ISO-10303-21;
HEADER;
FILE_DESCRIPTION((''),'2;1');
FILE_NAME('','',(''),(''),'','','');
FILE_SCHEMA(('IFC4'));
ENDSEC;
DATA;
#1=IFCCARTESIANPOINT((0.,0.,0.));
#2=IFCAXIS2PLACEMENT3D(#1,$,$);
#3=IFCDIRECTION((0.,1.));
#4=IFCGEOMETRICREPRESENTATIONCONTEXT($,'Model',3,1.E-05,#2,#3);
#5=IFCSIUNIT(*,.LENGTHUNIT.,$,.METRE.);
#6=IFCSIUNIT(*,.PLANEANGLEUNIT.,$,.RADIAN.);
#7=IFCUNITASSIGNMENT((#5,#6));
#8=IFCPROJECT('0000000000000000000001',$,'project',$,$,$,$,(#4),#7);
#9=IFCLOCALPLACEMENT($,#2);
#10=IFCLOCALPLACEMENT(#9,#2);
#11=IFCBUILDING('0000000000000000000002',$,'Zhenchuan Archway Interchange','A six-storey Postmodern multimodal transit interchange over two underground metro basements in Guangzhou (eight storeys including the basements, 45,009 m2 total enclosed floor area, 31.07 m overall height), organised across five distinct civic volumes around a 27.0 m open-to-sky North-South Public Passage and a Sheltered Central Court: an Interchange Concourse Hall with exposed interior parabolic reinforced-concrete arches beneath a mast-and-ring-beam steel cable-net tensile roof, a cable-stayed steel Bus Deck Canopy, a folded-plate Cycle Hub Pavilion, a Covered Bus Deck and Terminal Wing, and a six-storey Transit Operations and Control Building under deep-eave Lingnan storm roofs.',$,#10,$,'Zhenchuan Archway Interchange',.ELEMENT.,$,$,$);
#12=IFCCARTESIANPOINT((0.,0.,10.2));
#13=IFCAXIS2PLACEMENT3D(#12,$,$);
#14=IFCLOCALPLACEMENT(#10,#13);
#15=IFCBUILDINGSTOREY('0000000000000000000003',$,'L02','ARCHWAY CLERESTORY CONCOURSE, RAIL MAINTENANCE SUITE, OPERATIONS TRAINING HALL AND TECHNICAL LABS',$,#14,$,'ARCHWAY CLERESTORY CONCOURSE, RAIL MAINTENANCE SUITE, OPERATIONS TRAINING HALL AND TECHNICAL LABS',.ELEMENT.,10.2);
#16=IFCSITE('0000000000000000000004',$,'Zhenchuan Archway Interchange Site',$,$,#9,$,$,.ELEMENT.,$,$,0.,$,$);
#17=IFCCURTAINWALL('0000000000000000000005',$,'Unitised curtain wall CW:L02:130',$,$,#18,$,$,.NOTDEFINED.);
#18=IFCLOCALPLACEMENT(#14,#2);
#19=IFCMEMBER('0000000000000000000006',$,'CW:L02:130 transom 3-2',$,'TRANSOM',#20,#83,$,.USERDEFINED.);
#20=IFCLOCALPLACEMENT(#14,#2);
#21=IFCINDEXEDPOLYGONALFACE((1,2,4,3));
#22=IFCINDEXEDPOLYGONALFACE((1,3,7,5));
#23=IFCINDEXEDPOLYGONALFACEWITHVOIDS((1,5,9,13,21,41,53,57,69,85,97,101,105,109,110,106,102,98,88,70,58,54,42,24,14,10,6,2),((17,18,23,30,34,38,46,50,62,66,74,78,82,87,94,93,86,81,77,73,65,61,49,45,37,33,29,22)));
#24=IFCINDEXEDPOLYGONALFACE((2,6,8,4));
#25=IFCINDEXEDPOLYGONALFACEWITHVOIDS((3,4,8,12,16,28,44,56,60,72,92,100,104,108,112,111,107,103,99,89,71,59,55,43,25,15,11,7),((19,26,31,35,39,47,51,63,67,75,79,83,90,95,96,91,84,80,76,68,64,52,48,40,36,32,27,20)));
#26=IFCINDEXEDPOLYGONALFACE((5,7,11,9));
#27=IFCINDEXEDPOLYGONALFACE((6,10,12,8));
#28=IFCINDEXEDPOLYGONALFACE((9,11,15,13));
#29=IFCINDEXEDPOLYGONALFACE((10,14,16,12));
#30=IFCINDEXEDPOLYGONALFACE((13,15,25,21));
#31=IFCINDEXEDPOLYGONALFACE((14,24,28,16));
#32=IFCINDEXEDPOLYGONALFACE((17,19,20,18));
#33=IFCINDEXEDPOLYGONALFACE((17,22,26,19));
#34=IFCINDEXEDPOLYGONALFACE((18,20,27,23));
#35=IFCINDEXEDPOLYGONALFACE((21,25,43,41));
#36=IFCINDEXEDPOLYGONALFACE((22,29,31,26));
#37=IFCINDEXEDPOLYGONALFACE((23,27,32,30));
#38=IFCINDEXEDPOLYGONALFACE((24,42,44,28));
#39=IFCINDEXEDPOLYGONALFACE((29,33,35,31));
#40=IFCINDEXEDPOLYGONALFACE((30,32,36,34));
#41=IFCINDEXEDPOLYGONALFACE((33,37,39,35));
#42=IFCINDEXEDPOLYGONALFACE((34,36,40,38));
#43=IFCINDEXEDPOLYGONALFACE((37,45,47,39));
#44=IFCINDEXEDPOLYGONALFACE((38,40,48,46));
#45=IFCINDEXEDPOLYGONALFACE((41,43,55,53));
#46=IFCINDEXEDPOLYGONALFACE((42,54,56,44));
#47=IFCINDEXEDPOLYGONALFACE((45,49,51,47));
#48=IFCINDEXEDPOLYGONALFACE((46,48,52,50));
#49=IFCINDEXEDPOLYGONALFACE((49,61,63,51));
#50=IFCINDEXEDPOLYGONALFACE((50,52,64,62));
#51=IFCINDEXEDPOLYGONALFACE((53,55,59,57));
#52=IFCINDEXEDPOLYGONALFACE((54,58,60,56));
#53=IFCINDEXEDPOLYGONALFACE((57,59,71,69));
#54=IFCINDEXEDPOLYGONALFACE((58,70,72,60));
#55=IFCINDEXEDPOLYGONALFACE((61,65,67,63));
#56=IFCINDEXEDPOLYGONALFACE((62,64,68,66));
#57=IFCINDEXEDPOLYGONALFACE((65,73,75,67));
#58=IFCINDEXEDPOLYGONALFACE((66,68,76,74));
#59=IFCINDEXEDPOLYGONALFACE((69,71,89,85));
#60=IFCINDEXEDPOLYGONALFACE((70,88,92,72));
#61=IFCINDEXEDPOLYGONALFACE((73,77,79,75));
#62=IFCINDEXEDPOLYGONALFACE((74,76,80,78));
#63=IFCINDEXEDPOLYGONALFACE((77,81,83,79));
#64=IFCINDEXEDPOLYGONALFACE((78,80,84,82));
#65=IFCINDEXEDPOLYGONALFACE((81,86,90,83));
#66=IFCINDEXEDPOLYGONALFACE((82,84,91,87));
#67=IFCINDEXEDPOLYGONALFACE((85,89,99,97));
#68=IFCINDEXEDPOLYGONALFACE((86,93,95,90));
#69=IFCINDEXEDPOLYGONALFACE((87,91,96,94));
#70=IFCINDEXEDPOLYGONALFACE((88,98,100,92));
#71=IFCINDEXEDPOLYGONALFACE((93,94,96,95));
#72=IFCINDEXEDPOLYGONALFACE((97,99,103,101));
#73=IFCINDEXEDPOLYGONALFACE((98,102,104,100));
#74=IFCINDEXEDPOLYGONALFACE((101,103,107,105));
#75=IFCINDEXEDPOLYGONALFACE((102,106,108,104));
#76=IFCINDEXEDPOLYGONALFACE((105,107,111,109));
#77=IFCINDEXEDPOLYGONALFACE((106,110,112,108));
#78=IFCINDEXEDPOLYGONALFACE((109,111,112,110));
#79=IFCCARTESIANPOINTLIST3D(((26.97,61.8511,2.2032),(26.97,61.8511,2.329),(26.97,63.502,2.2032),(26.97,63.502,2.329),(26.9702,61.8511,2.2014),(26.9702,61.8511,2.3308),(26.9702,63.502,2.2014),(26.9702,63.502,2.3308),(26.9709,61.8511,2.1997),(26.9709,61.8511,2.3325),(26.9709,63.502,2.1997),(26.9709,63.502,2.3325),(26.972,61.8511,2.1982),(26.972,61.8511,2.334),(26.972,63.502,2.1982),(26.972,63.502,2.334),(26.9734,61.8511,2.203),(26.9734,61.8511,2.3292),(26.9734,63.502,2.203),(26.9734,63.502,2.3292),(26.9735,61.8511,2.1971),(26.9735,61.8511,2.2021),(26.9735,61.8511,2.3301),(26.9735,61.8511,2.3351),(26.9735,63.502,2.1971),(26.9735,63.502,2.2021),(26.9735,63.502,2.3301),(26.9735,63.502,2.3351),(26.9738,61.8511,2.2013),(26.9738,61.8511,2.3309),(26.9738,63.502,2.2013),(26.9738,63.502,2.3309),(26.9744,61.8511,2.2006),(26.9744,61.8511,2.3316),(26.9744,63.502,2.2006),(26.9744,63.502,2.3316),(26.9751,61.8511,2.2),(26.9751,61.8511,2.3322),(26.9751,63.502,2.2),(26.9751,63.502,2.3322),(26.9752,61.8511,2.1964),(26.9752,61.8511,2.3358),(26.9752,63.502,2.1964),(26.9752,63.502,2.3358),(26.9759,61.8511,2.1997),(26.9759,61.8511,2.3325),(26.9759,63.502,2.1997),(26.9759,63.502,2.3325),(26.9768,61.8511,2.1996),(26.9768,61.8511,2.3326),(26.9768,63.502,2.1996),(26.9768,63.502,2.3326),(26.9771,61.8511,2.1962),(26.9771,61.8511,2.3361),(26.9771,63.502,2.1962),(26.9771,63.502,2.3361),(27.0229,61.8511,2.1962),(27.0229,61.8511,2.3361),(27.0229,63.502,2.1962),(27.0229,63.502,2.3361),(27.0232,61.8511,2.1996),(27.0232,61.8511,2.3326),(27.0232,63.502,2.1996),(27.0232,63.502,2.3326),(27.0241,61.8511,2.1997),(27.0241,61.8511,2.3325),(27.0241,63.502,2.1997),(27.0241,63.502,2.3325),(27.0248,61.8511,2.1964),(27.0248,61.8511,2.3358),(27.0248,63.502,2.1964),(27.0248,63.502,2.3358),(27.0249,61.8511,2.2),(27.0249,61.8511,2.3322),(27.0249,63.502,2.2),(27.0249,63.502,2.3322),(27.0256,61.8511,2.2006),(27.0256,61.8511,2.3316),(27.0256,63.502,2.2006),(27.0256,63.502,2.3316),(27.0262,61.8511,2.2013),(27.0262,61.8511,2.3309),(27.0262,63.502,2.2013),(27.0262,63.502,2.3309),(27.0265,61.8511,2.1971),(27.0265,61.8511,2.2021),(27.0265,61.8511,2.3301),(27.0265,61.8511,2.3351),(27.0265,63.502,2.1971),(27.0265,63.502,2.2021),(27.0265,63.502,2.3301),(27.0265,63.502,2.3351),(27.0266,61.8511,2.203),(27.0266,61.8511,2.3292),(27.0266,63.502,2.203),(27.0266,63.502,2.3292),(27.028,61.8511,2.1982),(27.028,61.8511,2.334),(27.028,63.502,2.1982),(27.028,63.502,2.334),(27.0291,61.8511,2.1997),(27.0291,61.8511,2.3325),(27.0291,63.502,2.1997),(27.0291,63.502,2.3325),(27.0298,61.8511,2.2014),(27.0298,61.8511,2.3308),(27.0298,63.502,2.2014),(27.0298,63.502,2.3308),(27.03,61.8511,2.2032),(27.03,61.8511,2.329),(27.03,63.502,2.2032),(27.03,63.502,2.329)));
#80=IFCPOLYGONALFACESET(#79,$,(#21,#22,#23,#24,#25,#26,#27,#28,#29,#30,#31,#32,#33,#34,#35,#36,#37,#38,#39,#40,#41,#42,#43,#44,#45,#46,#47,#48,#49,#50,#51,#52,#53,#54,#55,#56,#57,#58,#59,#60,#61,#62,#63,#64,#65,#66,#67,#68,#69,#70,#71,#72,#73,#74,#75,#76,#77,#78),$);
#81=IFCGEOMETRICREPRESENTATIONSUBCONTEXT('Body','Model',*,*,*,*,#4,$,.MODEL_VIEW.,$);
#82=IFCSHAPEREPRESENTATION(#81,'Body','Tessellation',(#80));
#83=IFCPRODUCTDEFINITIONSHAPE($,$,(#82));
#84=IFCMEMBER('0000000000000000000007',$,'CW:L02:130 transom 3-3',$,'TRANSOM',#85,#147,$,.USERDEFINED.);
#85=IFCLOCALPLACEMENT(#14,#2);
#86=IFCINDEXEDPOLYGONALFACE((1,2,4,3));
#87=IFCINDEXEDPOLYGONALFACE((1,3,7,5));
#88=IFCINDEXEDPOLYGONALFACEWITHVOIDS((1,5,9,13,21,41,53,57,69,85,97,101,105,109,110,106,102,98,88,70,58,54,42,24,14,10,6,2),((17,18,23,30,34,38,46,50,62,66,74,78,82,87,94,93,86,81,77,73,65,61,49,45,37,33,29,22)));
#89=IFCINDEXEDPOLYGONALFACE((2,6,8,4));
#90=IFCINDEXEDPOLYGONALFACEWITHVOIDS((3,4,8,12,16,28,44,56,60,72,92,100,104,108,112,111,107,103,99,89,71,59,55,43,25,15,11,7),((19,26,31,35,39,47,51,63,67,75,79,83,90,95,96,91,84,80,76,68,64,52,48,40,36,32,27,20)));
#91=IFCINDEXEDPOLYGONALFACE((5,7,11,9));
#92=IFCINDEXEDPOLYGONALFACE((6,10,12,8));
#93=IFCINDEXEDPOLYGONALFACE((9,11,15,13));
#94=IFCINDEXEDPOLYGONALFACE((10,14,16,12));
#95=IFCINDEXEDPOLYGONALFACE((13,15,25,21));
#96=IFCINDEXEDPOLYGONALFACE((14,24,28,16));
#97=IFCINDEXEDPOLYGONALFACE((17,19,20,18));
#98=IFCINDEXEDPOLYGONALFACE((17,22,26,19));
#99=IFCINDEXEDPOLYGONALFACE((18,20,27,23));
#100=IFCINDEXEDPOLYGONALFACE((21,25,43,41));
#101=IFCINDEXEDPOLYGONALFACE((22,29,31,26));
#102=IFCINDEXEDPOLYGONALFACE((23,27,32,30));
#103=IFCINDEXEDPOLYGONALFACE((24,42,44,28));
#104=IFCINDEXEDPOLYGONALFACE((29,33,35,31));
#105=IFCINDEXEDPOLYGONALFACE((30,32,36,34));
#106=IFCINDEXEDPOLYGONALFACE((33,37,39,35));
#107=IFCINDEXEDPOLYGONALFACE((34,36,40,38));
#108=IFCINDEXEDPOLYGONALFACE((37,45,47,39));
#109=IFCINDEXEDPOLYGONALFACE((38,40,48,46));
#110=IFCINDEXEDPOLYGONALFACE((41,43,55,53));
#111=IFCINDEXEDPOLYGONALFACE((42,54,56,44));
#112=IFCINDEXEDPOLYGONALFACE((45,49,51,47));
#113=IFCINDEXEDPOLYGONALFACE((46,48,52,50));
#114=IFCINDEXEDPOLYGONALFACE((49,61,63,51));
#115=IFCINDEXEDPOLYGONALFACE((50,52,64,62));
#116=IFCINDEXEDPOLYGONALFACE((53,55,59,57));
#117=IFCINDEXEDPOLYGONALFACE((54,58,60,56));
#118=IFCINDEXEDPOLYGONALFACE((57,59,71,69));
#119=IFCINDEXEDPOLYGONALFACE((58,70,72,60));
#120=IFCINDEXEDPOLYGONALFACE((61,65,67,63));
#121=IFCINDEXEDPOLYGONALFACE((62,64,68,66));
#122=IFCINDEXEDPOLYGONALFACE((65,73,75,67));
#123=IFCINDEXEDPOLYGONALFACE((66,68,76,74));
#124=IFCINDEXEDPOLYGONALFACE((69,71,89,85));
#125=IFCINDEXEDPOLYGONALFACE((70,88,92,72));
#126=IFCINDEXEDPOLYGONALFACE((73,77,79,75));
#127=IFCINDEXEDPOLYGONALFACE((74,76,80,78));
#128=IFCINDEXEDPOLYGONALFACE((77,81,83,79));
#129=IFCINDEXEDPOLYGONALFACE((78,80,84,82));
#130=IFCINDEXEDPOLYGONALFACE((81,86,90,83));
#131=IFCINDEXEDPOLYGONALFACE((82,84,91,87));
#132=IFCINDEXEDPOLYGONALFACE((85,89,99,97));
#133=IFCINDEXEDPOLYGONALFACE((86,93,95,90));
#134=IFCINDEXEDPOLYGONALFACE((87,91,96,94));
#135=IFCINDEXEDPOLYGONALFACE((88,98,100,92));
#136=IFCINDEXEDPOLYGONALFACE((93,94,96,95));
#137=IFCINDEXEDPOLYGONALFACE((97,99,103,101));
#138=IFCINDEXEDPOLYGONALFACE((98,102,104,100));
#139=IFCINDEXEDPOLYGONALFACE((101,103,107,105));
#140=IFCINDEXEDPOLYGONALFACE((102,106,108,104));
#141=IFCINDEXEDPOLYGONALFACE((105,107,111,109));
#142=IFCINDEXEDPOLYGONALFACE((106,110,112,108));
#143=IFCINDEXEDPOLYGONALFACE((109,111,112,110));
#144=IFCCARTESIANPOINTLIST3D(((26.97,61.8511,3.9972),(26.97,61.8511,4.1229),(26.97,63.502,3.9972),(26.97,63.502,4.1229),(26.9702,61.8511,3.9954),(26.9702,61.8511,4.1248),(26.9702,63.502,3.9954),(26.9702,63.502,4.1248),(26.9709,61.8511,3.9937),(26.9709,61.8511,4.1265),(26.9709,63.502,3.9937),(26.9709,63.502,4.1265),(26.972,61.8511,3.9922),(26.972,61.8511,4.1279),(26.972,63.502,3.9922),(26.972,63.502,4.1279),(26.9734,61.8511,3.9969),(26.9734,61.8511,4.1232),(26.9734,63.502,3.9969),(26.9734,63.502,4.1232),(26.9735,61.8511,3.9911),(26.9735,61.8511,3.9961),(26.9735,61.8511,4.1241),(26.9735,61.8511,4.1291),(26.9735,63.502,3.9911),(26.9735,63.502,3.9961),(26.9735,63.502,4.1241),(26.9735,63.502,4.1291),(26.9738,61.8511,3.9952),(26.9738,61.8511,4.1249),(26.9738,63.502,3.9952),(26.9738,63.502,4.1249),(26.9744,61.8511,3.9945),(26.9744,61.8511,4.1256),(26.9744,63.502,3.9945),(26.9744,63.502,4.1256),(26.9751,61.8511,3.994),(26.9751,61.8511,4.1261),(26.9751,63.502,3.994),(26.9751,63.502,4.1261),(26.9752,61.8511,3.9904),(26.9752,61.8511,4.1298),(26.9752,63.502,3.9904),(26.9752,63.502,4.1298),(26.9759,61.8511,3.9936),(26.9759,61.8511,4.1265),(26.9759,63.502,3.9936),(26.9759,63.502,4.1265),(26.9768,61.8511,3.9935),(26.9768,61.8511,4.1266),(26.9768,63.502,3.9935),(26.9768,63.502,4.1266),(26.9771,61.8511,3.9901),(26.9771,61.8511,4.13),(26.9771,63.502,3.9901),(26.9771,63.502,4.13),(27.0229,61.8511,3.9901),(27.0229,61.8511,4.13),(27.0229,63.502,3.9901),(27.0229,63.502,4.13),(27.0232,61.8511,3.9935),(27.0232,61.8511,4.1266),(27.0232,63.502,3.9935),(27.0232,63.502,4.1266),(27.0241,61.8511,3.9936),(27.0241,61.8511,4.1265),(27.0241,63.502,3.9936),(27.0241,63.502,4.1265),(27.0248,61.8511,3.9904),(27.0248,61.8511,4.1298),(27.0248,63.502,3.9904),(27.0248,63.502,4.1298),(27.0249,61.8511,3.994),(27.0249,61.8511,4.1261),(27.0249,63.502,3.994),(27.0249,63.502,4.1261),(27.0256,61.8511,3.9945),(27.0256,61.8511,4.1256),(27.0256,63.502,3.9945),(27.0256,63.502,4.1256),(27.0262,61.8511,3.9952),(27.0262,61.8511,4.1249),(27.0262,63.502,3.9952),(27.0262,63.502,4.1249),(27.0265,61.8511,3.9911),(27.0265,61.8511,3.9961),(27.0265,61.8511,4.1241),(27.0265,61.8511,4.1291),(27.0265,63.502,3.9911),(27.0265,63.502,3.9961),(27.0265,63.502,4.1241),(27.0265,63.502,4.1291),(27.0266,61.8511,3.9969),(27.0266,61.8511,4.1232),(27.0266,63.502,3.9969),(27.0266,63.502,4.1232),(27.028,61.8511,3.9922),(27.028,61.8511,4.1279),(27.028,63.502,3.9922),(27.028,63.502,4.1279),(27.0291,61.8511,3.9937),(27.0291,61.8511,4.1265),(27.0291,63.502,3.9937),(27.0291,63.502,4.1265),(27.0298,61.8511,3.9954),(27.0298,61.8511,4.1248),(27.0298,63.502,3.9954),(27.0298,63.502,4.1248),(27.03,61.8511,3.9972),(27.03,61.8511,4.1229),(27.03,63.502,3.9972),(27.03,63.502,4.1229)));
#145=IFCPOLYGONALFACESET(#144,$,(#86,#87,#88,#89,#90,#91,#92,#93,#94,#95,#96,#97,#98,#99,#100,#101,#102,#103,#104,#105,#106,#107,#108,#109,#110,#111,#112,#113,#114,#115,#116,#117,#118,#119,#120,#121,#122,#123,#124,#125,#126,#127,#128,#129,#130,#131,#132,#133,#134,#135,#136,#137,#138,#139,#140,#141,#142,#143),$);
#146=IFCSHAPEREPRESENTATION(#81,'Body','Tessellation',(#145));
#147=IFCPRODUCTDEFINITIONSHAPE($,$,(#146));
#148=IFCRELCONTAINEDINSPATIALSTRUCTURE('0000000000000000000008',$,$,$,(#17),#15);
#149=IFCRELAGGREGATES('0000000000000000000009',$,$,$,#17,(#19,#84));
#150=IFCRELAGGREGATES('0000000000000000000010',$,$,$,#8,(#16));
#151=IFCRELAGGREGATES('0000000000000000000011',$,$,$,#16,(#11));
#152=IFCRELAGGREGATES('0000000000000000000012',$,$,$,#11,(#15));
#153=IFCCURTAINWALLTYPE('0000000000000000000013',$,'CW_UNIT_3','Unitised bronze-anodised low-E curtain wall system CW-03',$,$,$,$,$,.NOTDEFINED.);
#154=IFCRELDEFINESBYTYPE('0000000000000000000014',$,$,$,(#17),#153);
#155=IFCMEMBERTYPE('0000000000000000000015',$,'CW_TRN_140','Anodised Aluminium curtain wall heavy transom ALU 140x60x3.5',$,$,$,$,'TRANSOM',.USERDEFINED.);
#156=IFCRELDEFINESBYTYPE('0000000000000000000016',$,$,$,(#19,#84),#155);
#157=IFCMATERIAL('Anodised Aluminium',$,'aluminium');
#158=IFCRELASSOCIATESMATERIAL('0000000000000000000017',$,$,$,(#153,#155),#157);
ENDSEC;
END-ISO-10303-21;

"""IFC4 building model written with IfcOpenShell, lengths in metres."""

from ifc_helpers import new_model, si_unit, direction, frame, origin, origin_2d, place, context, subcontext, project, spatial, hollow_rectangle, extrude, material, material_profile, profile_set, type_object, element, aggregate, save


model = new_model("IFC4")

# Units and contexts
model_context = context("Model", 3, precision=1e-05, world=origin(), true_north=direction((0.0, 1.0)))
body_context = subcontext(model_context, "Body", "Model", "MODEL_VIEW")
ifc_project = project(units=[si_unit("LENGTHUNIT", "METRE"), si_unit("PLANEANGLEUNIT", "RADIAN")], contexts=[model_context])

# Site, building, storey
site_placement = place(None, origin())
site = spatial("IfcSite", under=ifc_project, at=site_placement, Name="Zhenchuan Archway Interchange Site", CompositionType="ELEMENT", RefElevation=0.0)
building_placement = place(site_placement, origin())
building = spatial("IfcBuilding", under=site, at=building_placement, Name="Zhenchuan Archway Interchange", Description="A six-storey Postmodern multimodal transit interchange over two underground metro basements in Guangzhou (eight storeys including the basements, 45,009 m2 total enclosed floor area, 31.07 m overall height), organised across five distinct civic volumes around a 27.0 m open-to-sky North-South Public Passage and a Sheltered Central Court: an Interchange Concourse Hall with exposed interior parabolic reinforced-concrete arches beneath a mast-and-ring-beam steel cable-net tensile roof, a cable-stayed steel Bus Deck Canopy, a folded-plate Cycle Hub Pavilion, a Covered Bus Deck and Terminal Wing, and a six-storey Transit Operations and Control Building under deep-eave Lingnan storm roofs.", LongName="Zhenchuan Archway Interchange", CompositionType="ELEMENT")
storey_placement = place(building_placement, frame((0.0, 0.0, 10.2)))
storey = spatial("IfcBuildingStorey", under=building, at=storey_placement, Name="L02", Description="ARCHWAY CLERESTORY CONCOURSE, RAIL MAINTENANCE SUITE, OPERATIONS TRAINING HALL AND TECHNICAL LABS", LongName="ARCHWAY CLERESTORY CONCOURSE, RAIL MAINTENANCE SUITE, OPERATIONS TRAINING HALL AND TECHNICAL LABS", CompositionType="ELEMENT", Elevation=10.2)

# Curtain wall
ifc_material_1 = material(Name="Anodised Aluminium", Category="aluminium")
curtain_wall_type_1 = type_object("IfcCurtainWallType", Name="CW_UNIT_3", Description="Unitised bronze-anodised low-E curtain wall system CW-03", PredefinedType="NOTDEFINED", material=ifc_material_1)
curtain_wall_1_placement = place(storey_placement, origin())
curtain_wall_1 = element("IfcCurtainWall", 1, at=curtain_wall_1_placement, inside=storey, type_object=curtain_wall_type_1, Name="Unitised curtain wall CW:L02:130", PredefinedType="NOTDEFINED")

# Members
ifc_material_profile_1 = material_profile(ifc_material_1, hollow_rectangle(XDim=0.0601, YDim=0.1399, WallThickness=0.0034, InnerFilletRadius=0.0034, OuterFilletRadius=0.0071, at=origin_2d()), Name="ALU 140x60x3.5")
ifc_profile_set_1 = profile_set([ifc_material_profile_1], Name="Anodised Aluminium")
member_type_1 = type_object("IfcMemberType", Name="CW_TRN_140", Description="Anodised Aluminium curtain wall heavy transom ALU 140x60x3.5", ElementType="TRANSOM", PredefinedType="USERDEFINED", material=ifc_profile_set_1)
member_1_placement = place(storey_placement, frame((27.0, 61.8511, 2.2661), z_axis=(0.0, 1.0, 0.0), x_axis=(-1.0, 0.0, 0.0)))
member_1 = element("IfcMember", 2, at=member_1_placement, type_object=member_type_1, Name="CW:L02:130 transom 3-2", ObjectType="TRANSOM", PredefinedType="USERDEFINED", context=body_context, shape_type="SweptSolid", body=[
    extrude(hollow_rectangle(XDim=0.0601, YDim=0.1399, WallThickness=0.0034, InnerFilletRadius=0.0034, OuterFilletRadius=0.0071, at=origin_2d()), origin(), (0.0, 0.0, 1.0), 1.6509),
])
member_2_placement = place(storey_placement, frame((27.0, 61.8511, 4.0601), z_axis=(0.0, 1.0, 0.0), x_axis=(-1.0, 0.0, 0.0)))
member_2 = element("IfcMember", 3, at=member_2_placement, type_object=member_type_1, Name="CW:L02:130 transom 3-3", ObjectType="TRANSOM", PredefinedType="USERDEFINED", context=body_context, shape_type="SweptSolid", body=[
    extrude(hollow_rectangle(XDim=0.0601, YDim=0.1399, WallThickness=0.0034, InnerFilletRadius=0.0034, OuterFilletRadius=0.0071, at=origin_2d()), origin(), (0.0, 0.0, 1.0), 1.6509),
])

aggregate(curtain_wall_1, [member_1, member_2])

save(model, "model.ifc")
